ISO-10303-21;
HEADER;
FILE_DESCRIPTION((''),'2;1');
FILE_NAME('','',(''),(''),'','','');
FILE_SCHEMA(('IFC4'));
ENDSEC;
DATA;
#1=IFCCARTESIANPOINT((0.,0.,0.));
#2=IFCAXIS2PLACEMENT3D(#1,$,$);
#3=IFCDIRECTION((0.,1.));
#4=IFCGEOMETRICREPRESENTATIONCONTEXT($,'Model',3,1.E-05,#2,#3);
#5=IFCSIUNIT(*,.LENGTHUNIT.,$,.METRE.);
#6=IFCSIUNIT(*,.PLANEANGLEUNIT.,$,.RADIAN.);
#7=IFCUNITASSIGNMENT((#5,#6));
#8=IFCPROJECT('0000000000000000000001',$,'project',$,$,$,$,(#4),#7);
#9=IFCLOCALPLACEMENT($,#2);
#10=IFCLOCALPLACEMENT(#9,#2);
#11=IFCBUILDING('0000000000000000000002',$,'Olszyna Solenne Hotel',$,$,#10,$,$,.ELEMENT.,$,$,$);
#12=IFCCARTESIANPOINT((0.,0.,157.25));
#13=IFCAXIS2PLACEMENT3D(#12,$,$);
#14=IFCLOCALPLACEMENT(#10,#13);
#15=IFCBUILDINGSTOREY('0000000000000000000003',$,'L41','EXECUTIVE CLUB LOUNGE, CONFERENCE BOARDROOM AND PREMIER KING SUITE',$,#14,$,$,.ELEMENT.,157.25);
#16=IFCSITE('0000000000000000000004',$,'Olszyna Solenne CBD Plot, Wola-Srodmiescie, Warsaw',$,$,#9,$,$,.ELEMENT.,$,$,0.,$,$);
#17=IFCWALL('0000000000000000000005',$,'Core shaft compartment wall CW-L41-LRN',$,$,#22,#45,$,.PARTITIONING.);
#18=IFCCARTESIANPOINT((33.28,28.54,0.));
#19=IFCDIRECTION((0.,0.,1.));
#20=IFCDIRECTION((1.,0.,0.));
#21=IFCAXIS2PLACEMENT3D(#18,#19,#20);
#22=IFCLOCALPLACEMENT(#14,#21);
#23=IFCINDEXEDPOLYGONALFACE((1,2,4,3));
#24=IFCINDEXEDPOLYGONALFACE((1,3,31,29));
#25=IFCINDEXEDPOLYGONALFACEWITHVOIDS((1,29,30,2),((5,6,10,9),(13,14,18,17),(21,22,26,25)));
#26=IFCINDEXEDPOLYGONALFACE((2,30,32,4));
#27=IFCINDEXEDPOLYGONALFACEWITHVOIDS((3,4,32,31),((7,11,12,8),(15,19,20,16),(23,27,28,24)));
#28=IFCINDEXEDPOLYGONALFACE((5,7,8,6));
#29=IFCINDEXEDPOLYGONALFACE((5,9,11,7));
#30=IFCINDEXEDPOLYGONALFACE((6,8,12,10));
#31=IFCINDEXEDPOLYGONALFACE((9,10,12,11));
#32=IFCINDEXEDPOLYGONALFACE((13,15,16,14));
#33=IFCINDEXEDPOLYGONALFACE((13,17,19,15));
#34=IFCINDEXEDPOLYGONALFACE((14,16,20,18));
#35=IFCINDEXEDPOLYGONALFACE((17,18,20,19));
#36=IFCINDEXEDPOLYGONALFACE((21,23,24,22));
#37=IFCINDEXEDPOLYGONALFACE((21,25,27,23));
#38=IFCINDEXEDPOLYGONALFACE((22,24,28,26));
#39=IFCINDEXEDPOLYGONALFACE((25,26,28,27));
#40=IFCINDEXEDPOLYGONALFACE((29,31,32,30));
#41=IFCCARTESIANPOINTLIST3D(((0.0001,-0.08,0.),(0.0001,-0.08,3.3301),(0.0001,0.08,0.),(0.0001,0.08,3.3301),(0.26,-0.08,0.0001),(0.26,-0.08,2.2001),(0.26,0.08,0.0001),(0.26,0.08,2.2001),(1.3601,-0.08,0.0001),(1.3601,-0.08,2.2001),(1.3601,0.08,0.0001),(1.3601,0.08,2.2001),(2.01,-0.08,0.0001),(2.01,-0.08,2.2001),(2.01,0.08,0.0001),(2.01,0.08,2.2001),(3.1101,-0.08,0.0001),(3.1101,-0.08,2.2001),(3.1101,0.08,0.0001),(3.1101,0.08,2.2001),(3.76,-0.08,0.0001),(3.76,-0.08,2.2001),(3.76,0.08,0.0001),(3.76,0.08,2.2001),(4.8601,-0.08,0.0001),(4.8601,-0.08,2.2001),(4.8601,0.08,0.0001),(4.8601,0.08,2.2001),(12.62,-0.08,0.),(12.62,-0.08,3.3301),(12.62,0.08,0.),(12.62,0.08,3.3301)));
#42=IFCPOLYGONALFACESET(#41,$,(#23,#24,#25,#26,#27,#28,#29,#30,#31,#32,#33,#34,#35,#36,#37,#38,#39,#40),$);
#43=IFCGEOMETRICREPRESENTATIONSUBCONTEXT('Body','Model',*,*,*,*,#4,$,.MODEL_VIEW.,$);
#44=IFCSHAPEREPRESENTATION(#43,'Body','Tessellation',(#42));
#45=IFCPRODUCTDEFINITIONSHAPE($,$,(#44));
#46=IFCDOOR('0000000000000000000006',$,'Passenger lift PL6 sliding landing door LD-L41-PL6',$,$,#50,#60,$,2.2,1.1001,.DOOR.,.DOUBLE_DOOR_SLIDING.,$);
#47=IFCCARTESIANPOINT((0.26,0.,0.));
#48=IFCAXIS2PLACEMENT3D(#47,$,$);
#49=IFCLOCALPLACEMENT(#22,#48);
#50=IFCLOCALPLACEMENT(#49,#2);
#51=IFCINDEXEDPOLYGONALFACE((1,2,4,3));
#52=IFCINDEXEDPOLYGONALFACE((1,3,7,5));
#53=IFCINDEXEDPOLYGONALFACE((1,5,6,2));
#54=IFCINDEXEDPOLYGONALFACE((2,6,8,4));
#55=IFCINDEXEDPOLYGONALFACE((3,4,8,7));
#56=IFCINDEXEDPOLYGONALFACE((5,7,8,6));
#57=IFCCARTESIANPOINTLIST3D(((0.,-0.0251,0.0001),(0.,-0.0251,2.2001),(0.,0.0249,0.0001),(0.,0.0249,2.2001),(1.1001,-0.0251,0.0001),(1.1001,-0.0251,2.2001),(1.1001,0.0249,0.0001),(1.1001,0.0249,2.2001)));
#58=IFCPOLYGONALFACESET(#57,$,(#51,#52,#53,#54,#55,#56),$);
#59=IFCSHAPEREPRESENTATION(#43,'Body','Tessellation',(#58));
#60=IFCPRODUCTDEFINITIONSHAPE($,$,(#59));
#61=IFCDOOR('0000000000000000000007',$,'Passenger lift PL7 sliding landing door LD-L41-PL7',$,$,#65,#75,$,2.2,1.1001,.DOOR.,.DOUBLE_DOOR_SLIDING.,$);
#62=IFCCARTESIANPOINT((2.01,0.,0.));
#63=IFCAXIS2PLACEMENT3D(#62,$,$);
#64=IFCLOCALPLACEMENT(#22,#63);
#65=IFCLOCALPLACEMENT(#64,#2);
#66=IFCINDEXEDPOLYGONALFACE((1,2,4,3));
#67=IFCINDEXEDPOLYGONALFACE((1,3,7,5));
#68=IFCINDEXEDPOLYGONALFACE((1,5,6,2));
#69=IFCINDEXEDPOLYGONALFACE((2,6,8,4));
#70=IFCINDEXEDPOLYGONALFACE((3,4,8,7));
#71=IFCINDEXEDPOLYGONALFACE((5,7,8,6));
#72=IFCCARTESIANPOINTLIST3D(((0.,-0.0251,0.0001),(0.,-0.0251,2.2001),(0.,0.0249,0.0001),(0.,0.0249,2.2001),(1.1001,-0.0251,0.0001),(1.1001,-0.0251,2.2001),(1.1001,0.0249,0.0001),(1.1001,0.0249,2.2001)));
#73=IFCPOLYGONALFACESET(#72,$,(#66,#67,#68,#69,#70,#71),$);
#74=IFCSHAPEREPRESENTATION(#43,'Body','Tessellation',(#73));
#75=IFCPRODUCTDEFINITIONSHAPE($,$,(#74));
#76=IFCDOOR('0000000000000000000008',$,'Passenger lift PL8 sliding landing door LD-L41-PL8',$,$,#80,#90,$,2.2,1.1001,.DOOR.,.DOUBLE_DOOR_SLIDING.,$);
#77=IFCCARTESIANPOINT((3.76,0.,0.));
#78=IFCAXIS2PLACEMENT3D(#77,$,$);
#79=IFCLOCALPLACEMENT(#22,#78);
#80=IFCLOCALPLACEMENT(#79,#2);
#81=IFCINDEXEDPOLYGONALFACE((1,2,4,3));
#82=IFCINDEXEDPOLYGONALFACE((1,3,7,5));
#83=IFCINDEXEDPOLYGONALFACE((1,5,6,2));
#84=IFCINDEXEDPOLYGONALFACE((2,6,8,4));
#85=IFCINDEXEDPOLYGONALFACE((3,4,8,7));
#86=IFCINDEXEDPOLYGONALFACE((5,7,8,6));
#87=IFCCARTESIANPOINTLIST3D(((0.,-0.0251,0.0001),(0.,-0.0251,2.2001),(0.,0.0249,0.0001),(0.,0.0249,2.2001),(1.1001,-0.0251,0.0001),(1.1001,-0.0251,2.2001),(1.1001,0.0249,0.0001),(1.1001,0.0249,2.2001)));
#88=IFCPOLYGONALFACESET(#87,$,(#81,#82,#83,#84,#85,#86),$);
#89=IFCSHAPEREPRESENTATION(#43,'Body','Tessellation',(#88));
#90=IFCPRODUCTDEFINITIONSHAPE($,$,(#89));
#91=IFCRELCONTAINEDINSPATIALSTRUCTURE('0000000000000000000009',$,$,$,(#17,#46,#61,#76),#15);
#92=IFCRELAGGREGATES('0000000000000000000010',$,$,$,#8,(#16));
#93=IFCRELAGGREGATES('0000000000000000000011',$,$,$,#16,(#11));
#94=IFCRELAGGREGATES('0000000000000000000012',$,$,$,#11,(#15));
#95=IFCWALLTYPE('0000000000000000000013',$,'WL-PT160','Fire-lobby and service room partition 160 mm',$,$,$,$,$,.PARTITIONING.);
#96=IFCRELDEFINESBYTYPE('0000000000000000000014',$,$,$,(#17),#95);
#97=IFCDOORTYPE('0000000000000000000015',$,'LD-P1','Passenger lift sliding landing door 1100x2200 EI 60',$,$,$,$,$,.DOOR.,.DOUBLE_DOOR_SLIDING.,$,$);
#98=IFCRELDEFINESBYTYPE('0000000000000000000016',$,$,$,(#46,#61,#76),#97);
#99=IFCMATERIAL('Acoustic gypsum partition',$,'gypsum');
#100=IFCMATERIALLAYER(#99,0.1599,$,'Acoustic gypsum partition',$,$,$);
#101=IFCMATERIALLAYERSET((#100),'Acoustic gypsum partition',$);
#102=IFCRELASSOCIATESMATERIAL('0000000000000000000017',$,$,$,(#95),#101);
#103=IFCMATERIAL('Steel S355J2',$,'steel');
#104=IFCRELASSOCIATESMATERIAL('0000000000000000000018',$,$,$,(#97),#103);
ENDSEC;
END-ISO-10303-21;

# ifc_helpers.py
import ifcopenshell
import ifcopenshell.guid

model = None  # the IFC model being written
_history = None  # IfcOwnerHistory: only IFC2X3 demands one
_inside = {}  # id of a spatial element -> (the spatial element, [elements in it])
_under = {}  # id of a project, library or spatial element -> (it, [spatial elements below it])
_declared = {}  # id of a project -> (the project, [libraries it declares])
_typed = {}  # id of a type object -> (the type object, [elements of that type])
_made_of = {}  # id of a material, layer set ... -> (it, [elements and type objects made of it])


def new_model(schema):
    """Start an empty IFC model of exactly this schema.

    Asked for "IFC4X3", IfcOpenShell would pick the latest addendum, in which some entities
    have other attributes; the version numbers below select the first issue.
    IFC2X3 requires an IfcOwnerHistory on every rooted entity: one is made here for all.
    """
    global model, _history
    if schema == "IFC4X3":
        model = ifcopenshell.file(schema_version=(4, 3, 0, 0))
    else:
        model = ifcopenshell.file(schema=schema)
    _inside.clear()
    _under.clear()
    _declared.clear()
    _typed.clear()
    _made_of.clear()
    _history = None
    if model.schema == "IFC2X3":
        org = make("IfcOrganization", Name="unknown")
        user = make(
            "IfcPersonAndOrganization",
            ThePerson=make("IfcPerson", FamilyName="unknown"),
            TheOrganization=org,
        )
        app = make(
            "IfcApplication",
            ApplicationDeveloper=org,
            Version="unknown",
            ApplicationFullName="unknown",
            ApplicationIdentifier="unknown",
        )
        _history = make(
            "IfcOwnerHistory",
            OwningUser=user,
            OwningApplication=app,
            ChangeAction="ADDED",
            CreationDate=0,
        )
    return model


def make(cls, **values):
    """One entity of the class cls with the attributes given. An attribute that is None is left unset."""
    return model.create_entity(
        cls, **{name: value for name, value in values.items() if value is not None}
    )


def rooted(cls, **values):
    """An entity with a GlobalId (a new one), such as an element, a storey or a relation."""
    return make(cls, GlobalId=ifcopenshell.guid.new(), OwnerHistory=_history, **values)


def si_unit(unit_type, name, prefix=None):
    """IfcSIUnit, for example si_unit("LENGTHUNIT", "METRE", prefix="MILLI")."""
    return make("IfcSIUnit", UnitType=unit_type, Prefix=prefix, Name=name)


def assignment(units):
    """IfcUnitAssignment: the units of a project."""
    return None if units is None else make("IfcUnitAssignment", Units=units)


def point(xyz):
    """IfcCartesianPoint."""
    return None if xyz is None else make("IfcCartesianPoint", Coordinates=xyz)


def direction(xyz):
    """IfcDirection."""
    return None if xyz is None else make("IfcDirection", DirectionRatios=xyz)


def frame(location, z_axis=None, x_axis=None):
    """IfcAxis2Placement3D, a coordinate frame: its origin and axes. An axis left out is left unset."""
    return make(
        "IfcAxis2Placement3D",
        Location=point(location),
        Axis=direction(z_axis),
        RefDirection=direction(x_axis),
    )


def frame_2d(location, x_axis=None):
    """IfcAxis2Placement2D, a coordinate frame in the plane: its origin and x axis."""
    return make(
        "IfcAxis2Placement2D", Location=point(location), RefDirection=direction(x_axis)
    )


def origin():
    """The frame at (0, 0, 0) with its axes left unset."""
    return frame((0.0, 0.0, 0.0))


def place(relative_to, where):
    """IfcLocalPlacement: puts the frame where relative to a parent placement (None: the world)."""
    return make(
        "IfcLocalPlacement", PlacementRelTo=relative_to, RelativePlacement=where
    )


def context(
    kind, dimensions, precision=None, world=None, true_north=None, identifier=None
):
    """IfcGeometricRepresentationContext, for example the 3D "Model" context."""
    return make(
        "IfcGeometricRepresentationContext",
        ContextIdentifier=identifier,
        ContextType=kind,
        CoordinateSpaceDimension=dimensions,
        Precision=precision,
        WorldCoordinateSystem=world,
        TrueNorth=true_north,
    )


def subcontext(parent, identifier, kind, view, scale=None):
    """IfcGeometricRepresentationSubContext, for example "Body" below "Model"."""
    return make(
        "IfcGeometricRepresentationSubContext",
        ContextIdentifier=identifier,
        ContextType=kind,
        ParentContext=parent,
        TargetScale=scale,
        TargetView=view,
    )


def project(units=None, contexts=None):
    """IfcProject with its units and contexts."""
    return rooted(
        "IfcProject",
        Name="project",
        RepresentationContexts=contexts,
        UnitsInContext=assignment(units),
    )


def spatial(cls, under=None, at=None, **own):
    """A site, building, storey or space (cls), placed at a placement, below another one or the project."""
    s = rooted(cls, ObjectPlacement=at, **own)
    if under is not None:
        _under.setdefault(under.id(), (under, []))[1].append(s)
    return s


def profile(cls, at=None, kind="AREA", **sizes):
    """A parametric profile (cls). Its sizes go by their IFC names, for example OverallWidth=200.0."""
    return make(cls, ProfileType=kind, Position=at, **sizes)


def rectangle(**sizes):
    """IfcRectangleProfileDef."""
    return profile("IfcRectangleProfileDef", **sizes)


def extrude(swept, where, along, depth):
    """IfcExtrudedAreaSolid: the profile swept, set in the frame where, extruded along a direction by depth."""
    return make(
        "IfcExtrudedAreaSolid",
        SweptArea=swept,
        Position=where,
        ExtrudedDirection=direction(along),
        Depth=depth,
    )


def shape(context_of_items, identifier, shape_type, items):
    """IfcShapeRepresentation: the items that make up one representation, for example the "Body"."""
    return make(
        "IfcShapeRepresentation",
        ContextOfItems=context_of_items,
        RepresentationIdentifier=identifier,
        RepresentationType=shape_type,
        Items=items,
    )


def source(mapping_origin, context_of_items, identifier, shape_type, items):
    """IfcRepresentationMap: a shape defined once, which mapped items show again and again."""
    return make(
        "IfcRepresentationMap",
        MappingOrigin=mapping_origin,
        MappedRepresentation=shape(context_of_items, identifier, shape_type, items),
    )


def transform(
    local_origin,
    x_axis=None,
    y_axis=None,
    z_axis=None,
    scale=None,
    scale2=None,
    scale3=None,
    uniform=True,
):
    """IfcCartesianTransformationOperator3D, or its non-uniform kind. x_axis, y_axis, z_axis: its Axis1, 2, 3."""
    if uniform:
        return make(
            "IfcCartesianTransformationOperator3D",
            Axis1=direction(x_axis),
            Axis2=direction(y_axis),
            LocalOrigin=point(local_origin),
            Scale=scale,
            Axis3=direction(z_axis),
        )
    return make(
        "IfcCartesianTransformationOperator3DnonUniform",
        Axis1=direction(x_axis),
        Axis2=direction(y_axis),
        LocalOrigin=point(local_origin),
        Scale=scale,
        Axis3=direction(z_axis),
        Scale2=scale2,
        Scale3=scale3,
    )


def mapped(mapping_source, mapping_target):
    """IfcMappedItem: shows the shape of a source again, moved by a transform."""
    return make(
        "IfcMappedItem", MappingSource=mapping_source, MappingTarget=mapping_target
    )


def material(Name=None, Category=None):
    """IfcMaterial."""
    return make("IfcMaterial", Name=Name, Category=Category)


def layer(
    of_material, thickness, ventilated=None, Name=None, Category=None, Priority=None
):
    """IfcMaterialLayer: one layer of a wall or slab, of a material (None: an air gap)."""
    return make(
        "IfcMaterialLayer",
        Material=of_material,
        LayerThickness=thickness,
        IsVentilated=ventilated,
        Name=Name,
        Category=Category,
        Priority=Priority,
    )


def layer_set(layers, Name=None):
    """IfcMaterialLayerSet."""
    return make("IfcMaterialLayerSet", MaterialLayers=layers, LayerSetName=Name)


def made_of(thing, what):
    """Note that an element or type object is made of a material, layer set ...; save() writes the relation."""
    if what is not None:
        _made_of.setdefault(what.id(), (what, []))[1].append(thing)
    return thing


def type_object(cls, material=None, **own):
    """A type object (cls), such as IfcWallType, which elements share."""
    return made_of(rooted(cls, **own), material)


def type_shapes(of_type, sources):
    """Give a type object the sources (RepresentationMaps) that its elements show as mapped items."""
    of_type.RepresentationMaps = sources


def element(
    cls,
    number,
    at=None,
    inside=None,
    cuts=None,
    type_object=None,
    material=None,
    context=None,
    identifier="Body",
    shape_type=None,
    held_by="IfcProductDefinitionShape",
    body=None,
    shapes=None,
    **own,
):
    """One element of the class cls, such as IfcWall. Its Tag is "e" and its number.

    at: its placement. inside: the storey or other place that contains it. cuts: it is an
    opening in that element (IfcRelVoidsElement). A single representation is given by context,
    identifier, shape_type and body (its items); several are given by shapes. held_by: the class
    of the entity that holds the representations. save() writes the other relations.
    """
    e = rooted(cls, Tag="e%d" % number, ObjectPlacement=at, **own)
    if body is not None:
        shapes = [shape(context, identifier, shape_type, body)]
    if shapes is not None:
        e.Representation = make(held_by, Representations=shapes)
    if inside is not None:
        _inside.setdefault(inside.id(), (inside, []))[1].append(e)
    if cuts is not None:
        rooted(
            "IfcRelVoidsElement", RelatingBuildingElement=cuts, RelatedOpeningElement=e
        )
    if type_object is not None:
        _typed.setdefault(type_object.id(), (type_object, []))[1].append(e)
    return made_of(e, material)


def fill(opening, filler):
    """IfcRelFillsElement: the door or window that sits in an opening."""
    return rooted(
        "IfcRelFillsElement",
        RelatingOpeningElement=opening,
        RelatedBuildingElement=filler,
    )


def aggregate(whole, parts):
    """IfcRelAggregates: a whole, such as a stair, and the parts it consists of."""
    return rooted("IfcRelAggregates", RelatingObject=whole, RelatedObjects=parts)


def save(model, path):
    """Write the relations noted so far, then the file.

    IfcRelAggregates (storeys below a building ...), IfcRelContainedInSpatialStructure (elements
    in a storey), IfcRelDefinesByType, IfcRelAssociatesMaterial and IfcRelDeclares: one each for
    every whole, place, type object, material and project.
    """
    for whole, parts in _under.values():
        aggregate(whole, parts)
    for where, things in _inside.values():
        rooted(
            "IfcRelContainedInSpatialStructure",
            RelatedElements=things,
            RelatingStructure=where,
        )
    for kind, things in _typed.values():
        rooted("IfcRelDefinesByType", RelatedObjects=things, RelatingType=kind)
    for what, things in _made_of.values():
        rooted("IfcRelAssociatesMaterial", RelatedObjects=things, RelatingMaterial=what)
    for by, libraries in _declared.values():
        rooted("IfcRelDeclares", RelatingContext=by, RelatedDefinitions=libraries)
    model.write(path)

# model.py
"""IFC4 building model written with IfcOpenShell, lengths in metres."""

from ifc_helpers import new_model, si_unit, direction, frame, frame_2d, origin, place, context, subcontext, project, spatial, rectangle, extrude, source, transform, mapped, material, layer, layer_set, type_object, type_shapes, element, fill, save


model = new_model("IFC4")

# Units and contexts
model_context = context("Model", 3, precision=1e-05, world=origin(), true_north=direction((0.0, 1.0)))
body_context = subcontext(model_context, "Body", "Model", "MODEL_VIEW")
ifc_project = project(units=[si_unit("LENGTHUNIT", "METRE"), si_unit("PLANEANGLEUNIT", "RADIAN")], contexts=[model_context])

# Site, building, storey
site_placement = place(None, origin())
site = spatial("IfcSite", under=ifc_project, at=site_placement, Name="Olszyna Solenne CBD Plot, Wola-Srodmiescie, Warsaw", CompositionType="ELEMENT", RefElevation=0.0)
building_placement = place(site_placement, origin())
building = spatial("IfcBuilding", under=site, at=building_placement, Name="Olszyna Solenne Hotel", CompositionType="ELEMENT")
storey_placement = place(building_placement, frame((0.0, 0.0, 157.25)))
storey = spatial("IfcBuildingStorey", under=building, at=storey_placement, Name="L41", Description="EXECUTIVE CLUB LOUNGE, CONFERENCE BOARDROOM AND PREMIER KING SUITE", CompositionType="ELEMENT", Elevation=157.25)

# Shared definitions
ifc_material_1 = material(Name="Steel S355J2", Category="steel")

# Shared definitions
ifc_material_2 = material(Name="Acoustic gypsum partition", Category="gypsum")
ifc_layer = layer(ifc_material_2, 0.1599, Name="Acoustic gypsum partition")
ifc_layer_set = layer_set([ifc_layer], Name="Acoustic gypsum partition")
wall_type = type_object("IfcWallType", Name="WL-PT160", Description="Fire-lobby and service room partition 160 mm", PredefinedType="PARTITIONING", material=ifc_layer_set)

# Wall, openings, doors
door_type_1 = type_object("IfcDoorType", Name="LD-P1", Description="Passenger lift sliding landing door 1100x2200 EI 60", OperationType="DOUBLE_DOOR_SLIDING", PredefinedType="DOOR", material=ifc_material_1)
shared_shape_1 = source(origin(), body_context, "Body", "SweptSolid", [
    extrude(rectangle(XDim=1.1001, YDim=2.2, at=frame_2d((0.55, 1.1001))), frame((0.0, 0.0249, 0.0), z_axis=(0.0, -1.0, 0.0), x_axis=(1.0, 0.0, 0.0)), (0.0, 0.0, 1.0), 0.05),
])
type_shapes(door_type_1, [shared_shape_1])
wall_1_placement = place(storey_placement, frame((33.28, 28.54, 0.0), z_axis=(0.0, 0.0, 1.0), x_axis=(1.0, 0.0, 0.0)))
wall_1 = element("IfcWall", 1, at=wall_1_placement, inside=storey, type_object=wall_type, Name="Core shaft compartment wall CW-L41-LRN", PredefinedType="PARTITIONING", context=body_context, shape_type="SweptSolid", body=[
    extrude(rectangle(XDim=12.6199, YDim=0.1599, at=frame_2d((6.3101, 0.0))), origin(), (0.0, 0.0, 1.0), 3.3301),
])
opening_1_placement = place(wall_1_placement, frame((0.26, 0.0, 0.0)))
opening_1 = element("IfcOpeningElement", 2, at=opening_1_placement, cuts=wall_1, PredefinedType="OPENING", context=body_context, shape_type="SweptSolid", body=[
    extrude(rectangle(XDim=1.1001, YDim=2.2, at=frame_2d((0.55, 1.1001))), frame((0.0, 0.0898, 0.0), z_axis=(0.0, -1.0, 0.0), x_axis=(1.0, 0.0, 0.0)), (0.0, 0.0, 1.0), 0.1799),
])
opening_2_placement = place(wall_1_placement, frame((2.01, 0.0, 0.0)))
opening_2 = element("IfcOpeningElement", 3, at=opening_2_placement, cuts=wall_1, PredefinedType="OPENING", context=body_context, shape_type="SweptSolid", body=[
    extrude(rectangle(XDim=1.1001, YDim=2.2, at=frame_2d((0.55, 1.1001))), frame((0.0, 0.0898, 0.0), z_axis=(0.0, -1.0, 0.0), x_axis=(1.0, 0.0, 0.0)), (0.0, 0.0, 1.0), 0.1799),
])
opening_3_placement = place(wall_1_placement, frame((3.76, 0.0, 0.0)))
opening_3 = element("IfcOpeningElement", 4, at=opening_3_placement, cuts=wall_1, PredefinedType="OPENING", context=body_context, shape_type="SweptSolid", body=[
    extrude(rectangle(XDim=1.1001, YDim=2.2, at=frame_2d((0.55, 1.1001))), frame((0.0, 0.0898, 0.0), z_axis=(0.0, -1.0, 0.0), x_axis=(1.0, 0.0, 0.0)), (0.0, 0.0, 1.0), 0.1799),
])
door_1_placement = place(opening_1_placement, origin())
door_1 = element("IfcDoor", 5, at=door_1_placement, inside=storey, type_object=door_type_1, Name="Passenger lift PL6 sliding landing door LD-L41-PL6", OperationType="DOUBLE_DOOR_SLIDING", OverallHeight=2.2, OverallWidth=1.1001, PredefinedType="DOOR", context=body_context, shape_type="MappedRepresentation", body=[
    mapped(shared_shape_1, transform((0.0, 0.0, 0.0), x_axis=(1.0, 0.0, 0.0), y_axis=(0.0, 1.0, 0.0), z_axis=(0.0, 0.0, 1.0), scale=1.0)),
])
fill(opening_1, door_1)
door_2_placement = place(opening_2_placement, origin())
door_2 = element("IfcDoor", 6, at=door_2_placement, inside=storey, type_object=door_type_1, Name="Passenger lift PL7 sliding landing door LD-L41-PL7", OperationType="DOUBLE_DOOR_SLIDING", OverallHeight=2.2, OverallWidth=1.1001, PredefinedType="DOOR", context=body_context, shape_type="MappedRepresentation", body=[
    mapped(shared_shape_1, transform((0.0, 0.0, 0.0), x_axis=(1.0, 0.0, 0.0), y_axis=(0.0, 1.0, 0.0), z_axis=(0.0, 0.0, 1.0), scale=1.0)),
])
fill(opening_2, door_2)
door_3_placement = place(opening_3_placement, origin())
door_3 = element("IfcDoor", 7, at=door_3_placement, inside=storey, type_object=door_type_1, Name="Passenger lift PL8 sliding landing door LD-L41-PL8", OperationType="DOUBLE_DOOR_SLIDING", OverallHeight=2.2, OverallWidth=1.1001, PredefinedType="DOOR", context=body_context, shape_type="MappedRepresentation", body=[
    mapped(shared_shape_1, transform((0.0, 0.0, 0.0), x_axis=(1.0, 0.0, 0.0), y_axis=(0.0, 1.0, 0.0), z_axis=(0.0, 0.0, 1.0), scale=1.0)),
])
fill(opening_3, door_3)

save(model, "model.ifc")
